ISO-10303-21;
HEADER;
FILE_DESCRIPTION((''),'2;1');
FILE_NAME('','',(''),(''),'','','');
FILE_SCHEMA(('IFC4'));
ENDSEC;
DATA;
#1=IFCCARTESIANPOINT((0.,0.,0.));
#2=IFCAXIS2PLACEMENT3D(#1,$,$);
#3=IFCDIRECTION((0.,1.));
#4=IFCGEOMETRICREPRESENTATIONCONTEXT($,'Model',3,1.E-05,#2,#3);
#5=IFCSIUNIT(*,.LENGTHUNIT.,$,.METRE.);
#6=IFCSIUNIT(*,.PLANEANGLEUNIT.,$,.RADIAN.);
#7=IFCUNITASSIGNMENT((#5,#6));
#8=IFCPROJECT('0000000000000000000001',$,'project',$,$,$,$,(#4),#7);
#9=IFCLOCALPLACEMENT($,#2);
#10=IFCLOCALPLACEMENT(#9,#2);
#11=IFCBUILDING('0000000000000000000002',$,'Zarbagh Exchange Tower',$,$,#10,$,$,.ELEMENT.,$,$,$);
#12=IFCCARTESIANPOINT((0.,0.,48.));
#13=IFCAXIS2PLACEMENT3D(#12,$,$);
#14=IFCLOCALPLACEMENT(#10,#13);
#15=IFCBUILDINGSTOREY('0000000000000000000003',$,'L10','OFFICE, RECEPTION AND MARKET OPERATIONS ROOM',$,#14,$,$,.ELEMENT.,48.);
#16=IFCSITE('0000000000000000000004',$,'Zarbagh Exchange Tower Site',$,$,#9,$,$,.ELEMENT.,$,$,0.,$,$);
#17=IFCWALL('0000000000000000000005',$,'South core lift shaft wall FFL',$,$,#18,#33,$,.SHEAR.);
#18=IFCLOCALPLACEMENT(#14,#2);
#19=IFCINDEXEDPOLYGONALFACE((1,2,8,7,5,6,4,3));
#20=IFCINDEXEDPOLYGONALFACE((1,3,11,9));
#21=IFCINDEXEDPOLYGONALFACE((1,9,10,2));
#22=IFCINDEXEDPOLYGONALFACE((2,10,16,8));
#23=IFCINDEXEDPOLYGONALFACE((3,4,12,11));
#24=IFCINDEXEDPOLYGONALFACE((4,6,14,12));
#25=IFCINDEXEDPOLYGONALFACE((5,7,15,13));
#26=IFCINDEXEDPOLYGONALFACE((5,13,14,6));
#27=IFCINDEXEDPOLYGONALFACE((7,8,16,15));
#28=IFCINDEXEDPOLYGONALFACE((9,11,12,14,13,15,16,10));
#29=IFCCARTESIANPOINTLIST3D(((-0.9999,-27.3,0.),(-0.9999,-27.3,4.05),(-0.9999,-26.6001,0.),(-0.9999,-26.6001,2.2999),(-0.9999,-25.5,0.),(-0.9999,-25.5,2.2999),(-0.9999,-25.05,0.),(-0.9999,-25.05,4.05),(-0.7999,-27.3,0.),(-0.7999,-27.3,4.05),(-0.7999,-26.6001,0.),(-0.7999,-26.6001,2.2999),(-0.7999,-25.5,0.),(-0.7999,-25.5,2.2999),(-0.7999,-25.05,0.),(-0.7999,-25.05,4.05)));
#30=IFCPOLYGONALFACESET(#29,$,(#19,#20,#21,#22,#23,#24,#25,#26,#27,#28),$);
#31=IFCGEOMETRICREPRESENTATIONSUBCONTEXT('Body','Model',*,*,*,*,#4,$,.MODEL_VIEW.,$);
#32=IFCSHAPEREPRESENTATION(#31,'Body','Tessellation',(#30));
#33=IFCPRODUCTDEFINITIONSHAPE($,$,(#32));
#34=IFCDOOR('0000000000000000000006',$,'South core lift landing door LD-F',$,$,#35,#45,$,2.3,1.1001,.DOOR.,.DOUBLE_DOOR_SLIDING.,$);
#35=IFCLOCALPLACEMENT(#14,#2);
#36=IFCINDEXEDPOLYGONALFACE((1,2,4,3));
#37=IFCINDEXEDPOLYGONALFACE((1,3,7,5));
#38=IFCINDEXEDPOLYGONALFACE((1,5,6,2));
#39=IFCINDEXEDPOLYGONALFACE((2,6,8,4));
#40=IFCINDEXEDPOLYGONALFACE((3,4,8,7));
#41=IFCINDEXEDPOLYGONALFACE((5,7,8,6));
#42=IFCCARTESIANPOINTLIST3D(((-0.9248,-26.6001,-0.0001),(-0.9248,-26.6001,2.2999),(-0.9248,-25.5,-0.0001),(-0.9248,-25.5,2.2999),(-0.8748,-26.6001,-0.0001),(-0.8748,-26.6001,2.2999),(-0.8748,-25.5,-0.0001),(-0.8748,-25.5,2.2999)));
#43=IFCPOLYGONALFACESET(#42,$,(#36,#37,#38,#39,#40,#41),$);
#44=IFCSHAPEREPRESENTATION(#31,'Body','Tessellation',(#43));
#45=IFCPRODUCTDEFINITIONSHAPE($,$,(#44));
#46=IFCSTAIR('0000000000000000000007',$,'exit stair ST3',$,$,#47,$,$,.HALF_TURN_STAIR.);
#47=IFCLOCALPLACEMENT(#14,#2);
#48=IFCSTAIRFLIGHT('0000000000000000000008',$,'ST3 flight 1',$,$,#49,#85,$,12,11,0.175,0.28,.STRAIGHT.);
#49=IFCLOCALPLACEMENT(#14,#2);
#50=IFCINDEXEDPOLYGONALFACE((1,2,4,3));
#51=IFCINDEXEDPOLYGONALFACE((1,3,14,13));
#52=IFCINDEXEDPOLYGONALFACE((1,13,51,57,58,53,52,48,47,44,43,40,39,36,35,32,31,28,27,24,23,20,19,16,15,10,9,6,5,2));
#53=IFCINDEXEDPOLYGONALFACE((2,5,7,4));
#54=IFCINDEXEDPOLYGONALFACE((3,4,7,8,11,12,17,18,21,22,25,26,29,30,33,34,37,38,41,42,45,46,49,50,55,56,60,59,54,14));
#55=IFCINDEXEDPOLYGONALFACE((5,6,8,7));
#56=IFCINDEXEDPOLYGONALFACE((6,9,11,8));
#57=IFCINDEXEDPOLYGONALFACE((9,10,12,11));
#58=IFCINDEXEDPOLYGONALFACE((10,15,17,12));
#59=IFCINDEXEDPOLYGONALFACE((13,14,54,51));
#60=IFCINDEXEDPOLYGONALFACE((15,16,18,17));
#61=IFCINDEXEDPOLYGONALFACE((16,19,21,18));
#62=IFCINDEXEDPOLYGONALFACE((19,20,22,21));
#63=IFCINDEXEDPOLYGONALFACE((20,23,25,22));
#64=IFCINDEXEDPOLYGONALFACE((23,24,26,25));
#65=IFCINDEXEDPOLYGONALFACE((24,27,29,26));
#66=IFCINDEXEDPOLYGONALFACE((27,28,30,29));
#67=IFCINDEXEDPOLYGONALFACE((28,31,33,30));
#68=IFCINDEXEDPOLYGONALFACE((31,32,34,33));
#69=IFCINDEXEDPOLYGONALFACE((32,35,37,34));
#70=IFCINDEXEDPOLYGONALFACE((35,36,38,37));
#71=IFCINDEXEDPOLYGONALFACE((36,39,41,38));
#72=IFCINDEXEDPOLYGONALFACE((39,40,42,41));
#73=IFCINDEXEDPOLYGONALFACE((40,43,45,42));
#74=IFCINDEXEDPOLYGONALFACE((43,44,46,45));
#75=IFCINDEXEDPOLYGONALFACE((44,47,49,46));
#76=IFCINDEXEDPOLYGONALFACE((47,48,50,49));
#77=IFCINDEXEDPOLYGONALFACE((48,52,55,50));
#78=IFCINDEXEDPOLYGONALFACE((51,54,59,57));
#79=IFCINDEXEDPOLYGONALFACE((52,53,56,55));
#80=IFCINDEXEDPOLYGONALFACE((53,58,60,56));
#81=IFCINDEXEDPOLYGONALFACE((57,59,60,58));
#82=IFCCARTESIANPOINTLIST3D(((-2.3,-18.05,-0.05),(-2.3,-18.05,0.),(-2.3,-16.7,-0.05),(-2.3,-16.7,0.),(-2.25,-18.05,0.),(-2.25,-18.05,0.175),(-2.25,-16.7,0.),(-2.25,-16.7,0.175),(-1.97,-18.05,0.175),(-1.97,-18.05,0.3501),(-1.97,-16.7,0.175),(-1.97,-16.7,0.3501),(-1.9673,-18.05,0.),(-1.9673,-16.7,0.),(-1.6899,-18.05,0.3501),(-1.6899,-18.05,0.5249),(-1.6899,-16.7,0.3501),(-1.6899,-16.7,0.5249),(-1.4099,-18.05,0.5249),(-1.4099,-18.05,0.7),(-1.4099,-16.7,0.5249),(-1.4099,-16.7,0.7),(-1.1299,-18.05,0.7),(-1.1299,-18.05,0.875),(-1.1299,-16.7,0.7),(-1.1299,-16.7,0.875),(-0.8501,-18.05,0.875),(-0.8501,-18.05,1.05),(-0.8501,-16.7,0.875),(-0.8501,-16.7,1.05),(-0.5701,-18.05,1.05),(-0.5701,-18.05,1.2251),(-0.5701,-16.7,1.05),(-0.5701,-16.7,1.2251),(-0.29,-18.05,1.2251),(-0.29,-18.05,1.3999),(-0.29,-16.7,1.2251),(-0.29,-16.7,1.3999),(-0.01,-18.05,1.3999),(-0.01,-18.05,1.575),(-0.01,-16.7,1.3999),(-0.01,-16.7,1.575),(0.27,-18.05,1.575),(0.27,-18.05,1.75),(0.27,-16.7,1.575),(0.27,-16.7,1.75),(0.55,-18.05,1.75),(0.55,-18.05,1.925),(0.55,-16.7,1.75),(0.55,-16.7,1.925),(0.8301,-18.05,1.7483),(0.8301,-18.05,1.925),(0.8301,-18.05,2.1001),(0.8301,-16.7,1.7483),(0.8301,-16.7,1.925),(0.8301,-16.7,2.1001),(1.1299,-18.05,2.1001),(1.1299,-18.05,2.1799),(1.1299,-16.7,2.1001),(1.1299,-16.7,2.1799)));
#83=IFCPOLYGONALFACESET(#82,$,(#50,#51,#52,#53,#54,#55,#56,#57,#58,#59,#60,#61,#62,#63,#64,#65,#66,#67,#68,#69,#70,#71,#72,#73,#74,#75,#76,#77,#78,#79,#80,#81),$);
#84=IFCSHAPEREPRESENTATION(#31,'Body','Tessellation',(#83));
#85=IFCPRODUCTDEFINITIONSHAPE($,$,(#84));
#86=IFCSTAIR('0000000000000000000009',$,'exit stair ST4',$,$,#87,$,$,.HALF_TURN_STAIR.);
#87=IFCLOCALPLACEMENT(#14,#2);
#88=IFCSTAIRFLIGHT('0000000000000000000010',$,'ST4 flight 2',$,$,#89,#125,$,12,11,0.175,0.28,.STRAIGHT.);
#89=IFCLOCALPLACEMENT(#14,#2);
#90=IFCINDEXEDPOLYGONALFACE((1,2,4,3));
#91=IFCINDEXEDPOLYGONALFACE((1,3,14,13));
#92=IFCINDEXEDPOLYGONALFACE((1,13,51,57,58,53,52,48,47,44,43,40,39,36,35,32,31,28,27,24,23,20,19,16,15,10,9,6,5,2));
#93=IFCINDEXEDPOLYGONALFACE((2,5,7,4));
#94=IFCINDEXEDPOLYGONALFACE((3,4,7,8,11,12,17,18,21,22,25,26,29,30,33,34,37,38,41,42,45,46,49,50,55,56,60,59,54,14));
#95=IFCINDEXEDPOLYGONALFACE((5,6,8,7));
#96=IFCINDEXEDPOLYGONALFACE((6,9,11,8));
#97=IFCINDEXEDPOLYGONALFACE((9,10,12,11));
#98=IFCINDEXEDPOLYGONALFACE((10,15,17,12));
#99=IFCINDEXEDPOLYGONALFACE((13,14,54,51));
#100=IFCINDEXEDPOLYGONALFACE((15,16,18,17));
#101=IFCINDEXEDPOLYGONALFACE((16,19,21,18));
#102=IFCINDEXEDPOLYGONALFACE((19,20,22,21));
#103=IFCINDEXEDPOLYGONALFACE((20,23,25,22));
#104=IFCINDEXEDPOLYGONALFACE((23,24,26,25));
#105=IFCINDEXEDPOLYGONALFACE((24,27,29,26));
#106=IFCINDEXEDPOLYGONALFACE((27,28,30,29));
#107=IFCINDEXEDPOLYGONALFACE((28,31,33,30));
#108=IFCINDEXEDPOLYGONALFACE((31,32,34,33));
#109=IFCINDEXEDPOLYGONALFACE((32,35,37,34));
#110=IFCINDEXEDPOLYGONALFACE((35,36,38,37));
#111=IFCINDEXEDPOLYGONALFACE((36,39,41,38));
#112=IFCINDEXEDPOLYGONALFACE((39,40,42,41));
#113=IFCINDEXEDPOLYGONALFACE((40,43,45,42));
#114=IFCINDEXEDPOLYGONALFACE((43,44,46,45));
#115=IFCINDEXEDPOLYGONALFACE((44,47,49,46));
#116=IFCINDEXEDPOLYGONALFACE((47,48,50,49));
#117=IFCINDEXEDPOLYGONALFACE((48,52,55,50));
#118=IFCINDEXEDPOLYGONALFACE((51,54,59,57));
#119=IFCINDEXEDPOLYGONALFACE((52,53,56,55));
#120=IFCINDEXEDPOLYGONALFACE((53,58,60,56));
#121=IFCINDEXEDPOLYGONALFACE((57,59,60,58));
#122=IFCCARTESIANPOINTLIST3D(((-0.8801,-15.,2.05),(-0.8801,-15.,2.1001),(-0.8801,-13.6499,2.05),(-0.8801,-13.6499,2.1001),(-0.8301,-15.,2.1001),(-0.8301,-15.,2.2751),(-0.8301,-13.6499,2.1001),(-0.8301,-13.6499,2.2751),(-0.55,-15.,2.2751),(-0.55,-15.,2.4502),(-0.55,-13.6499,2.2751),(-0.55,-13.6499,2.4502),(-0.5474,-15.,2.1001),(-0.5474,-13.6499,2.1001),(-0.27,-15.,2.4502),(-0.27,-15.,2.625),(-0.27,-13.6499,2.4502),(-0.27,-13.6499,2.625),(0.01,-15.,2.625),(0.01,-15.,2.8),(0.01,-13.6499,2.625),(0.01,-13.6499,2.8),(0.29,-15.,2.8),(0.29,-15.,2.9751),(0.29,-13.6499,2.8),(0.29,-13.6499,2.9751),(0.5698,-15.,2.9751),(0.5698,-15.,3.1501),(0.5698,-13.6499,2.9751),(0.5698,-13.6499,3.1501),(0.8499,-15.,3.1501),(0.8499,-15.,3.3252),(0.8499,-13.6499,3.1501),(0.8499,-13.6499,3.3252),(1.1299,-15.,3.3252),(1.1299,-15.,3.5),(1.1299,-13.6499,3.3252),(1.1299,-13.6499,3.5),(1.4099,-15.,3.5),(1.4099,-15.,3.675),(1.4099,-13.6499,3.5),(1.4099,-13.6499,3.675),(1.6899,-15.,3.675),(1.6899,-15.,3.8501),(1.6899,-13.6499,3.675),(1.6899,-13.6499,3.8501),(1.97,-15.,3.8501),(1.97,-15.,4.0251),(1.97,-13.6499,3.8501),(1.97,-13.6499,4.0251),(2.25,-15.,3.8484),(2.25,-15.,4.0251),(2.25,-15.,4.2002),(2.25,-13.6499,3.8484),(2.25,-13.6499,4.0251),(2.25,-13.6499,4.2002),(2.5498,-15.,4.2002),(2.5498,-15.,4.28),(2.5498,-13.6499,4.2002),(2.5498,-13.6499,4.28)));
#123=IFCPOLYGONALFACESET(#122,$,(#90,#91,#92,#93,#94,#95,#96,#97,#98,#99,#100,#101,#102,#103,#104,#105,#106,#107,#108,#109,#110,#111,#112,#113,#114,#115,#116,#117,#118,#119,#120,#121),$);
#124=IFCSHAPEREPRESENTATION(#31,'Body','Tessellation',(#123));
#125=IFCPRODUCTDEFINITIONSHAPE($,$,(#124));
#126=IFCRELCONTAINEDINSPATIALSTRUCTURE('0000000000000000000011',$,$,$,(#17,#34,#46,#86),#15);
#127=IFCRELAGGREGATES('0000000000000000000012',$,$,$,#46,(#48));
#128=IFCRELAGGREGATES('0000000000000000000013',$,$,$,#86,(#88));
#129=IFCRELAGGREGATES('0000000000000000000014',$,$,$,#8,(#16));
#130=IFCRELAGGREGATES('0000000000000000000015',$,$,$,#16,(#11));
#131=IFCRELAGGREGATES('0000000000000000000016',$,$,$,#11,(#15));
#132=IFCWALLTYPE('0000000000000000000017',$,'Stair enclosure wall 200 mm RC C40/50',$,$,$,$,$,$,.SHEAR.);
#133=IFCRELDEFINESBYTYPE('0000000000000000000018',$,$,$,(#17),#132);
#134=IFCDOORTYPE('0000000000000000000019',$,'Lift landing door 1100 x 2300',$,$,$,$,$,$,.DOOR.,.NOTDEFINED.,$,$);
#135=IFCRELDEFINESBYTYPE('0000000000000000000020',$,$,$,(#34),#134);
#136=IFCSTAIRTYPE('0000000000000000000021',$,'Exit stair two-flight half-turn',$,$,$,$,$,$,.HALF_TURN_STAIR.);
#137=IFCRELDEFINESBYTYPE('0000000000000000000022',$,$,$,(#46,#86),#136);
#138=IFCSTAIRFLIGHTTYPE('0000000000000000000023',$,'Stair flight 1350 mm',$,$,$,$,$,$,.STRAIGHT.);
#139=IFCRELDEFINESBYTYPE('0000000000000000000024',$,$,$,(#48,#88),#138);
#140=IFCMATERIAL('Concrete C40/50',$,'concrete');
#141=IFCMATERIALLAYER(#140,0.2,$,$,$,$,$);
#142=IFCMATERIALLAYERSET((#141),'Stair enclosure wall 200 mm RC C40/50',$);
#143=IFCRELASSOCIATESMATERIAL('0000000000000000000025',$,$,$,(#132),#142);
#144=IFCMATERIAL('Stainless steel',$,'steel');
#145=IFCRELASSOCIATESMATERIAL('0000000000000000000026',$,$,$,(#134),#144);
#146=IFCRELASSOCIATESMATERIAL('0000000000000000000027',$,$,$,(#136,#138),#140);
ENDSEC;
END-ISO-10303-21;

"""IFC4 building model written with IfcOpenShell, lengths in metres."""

from ifc_helpers import new_model, si_unit, direction, frame, frame_2d, origin, place, context, subcontext, project, spatial, polyline, rectangle, outline, extrude, material, layer, layer_set, type_object, element, fill, aggregate, save


model = new_model("IFC4")

# Units and contexts
model_context = context("Model", 3, precision=1e-05, world=origin(), true_north=direction((0.0, 1.0)))
body_context = subcontext(model_context, "Body", "Model", "MODEL_VIEW")
ifc_project = project(units=[si_unit("LENGTHUNIT", "METRE"), si_unit("PLANEANGLEUNIT", "RADIAN")], contexts=[model_context])

# Site, building, storey
site_placement = place(None, origin())
site = spatial("IfcSite", under=ifc_project, at=site_placement, Name="Zarbagh Exchange Tower Site", CompositionType="ELEMENT", RefElevation=0.0)
building_placement = place(site_placement, origin())
building = spatial("IfcBuilding", under=site, at=building_placement, Name="Zarbagh Exchange Tower", CompositionType="ELEMENT")
storey_placement = place(building_placement, frame((0.0, 0.0, 48.0)))
storey = spatial("IfcBuildingStorey", under=building, at=storey_placement, Name="L10", Description="OFFICE, RECEPTION AND MARKET OPERATIONS ROOM", CompositionType="ELEMENT", Elevation=48.0)

# Shared definitions
ifc_material_1 = material(Name="Concrete C40/50", Category="concrete")

# Wall, opening, door
ifc_layer_1 = layer(ifc_material_1, 0.2)
ifc_layer_set_1 = layer_set([ifc_layer_1], Name="Stair enclosure wall 200 mm RC C40/50")
wall_type_1 = type_object("IfcWallType", Name="Stair enclosure wall 200 mm RC C40/50", PredefinedType="SHEAR", material=ifc_layer_set_1)
wall_1_placement = place(storey_placement, frame((-0.8999, -27.3, 0.0), z_axis=(0.0, 0.0, 1.0), x_axis=(0.0, 1.0, 0.0)))
wall_1 = element("IfcWall", 1, at=wall_1_placement, inside=storey, type_object=wall_type_1, Name="South core lift shaft wall FFL", PredefinedType="SHEAR", context=body_context, shape_type="SweptSolid", body=[
    extrude(rectangle(XDim=2.25, YDim=0.2, at=frame_2d((1.125, 0.0))), origin(), (0.0, 0.0, 1.0), 4.05),
])
opening_1_placement = place(wall_1_placement, frame((0.7, 0.0, 0.0)))
opening_1 = element("IfcOpeningElement", 2, at=opening_1_placement, cuts=wall_1, PredefinedType="OPENING", context=body_context, shape_type="SweptSolid", body=[
    extrude(rectangle(XDim=1.1001, YDim=2.3, at=frame_2d((0.55, 1.1499))), frame((0.0, 0.1099, 0.0), z_axis=(0.0, -1.0, 0.0), x_axis=(1.0, 0.0, 0.0)), (0.0, 0.0, 1.0), 0.22),
])
ifc_material_2 = material(Name="Stainless steel", Category="steel")
door_type_1 = type_object("IfcDoorType", Name="Lift landing door 1100 x 2300", OperationType="NOTDEFINED", PredefinedType="DOOR", material=ifc_material_2)
door_1_placement = place(opening_1_placement, origin())
door_1 = element("IfcDoor", 3, at=door_1_placement, inside=storey, type_object=door_type_1, Name="South core lift landing door LD-F", OperationType="DOUBLE_DOOR_SLIDING", OverallHeight=2.3, OverallWidth=1.1001, PredefinedType="DOOR", context=body_context, shape_type="SweptSolid", body=[
    extrude(rectangle(XDim=1.1001, YDim=2.3, at=frame_2d((0.55, 1.1499))), frame((0.0, 0.0249, 0.0), z_axis=(0.0, -1.0, 0.0), x_axis=(1.0, 0.0, 0.0)), (0.0, 0.0, 1.0), 0.05),
])
fill(opening_1, door_1)

# Stairs, stair flights
stair_type = type_object("IfcStairType", Name="Exit stair two-flight half-turn", PredefinedType="HALF_TURN_STAIR", material=ifc_material_1)
stair_1_placement = place(storey_placement, origin())
stair_1 = element("IfcStair", 4, at=stair_1_placement, inside=storey, type_object=stair_type, Name="exit stair ST3", PredefinedType="HALF_TURN_STAIR")
stair_flight_type = type_object("IfcStairFlightType", Name="Stair flight 1350 mm", PredefinedType="STRAIGHT", material=ifc_material_1)
stair_flight_1_placement = place(storey_placement, frame((-2.25, -17.375, 0.0), z_axis=(0.0, 0.0, 1.0), x_axis=(1.0, 0.0, 0.0)))
stair_flight_1 = element("IfcStairFlight", 5, at=stair_flight_1_placement, type_object=stair_flight_type, Name="ST3 flight 1", NumberOfRisers=12, NumberOfTreads=11, PredefinedType="STRAIGHT", RiserHeight=0.175, TreadLength=0.28, context=body_context, shape_type="SweptSolid", body=[
    extrude(outline(polyline([(-0.05, -0.05), (-0.05, 0.0), (0.0, 0.0), (0.0, 0.175), (0.28, 0.175), (0.28, 0.3501), (0.5601, 0.3501), (0.5601, 0.5249), (0.8401, 0.5249), (0.8401, 0.7), (1.1201, 0.7), (1.1201, 0.875), (1.3999, 0.875), (1.3999, 1.05), (1.6799, 1.05), (1.6799, 1.2251), (1.96, 1.2251), (1.96, 1.3999), (2.24, 1.3999), (2.24, 1.575), (2.52, 1.575), (2.52, 1.75), (2.8, 1.75), (2.8, 1.925), (3.0801, 1.925), (3.0801, 2.1001), (3.3799, 2.1799), (3.3799, 2.1001), (3.0801, 1.7483), (0.2827, 0.0), (-0.05, -0.05)])), frame((0.0, 0.675, 0.0), z_axis=(0.0, -1.0, 0.0), x_axis=(1.0, 0.0, 0.0)), (0.0, 0.0, 1.0), 1.3501),
])
aggregate(stair_1, [stair_flight_1])
stair_2_placement = place(storey_placement, origin())
stair_2 = element("IfcStair", 6, at=stair_2_placement, inside=storey, type_object=stair_type, Name="exit stair ST4", PredefinedType="HALF_TURN_STAIR")
stair_flight_2_placement = place(storey_placement, frame((-0.8301, -14.325, 2.1001), z_axis=(0.0, 0.0, 1.0), x_axis=(1.0, 0.0, 0.0)))
stair_flight_2 = element("IfcStairFlight", 7, at=stair_flight_2_placement, type_object=stair_flight_type, Name="ST4 flight 2", NumberOfRisers=12, NumberOfTreads=11, PredefinedType="STRAIGHT", RiserHeight=0.175, TreadLength=0.28, context=body_context, shape_type="SweptSolid", body=[
    extrude(outline(polyline([(-0.05, -0.05), (-0.05, 0.0), (0.0, 0.0), (0.0, 0.175), (0.28, 0.175), (0.28, 0.3501), (0.5601, 0.3501), (0.5601, 0.5249), (0.8401, 0.5249), (0.8401, 0.7), (1.1201, 0.7), (1.1201, 0.875), (1.3999, 0.875), (1.3999, 1.05), (1.6799, 1.05), (1.6799, 1.2251), (1.96, 1.2251), (1.96, 1.3999), (2.24, 1.3999), (2.24, 1.575), (2.52, 1.575), (2.52, 1.75), (2.8, 1.75), (2.8, 1.925), (3.0801, 1.925), (3.0801, 2.1001), (3.3799, 2.1799), (3.3799, 2.1001), (3.0801, 1.7483), (0.2827, 0.0), (-0.05, -0.05)])), frame((0.0, 0.675, 0.0), z_axis=(0.0, -1.0, 0.0), x_axis=(1.0, 0.0, 0.0)), (0.0, 0.0, 1.0), 1.3501),
])
aggregate(stair_2, [stair_flight_2])

save(model, "model.ifc")
